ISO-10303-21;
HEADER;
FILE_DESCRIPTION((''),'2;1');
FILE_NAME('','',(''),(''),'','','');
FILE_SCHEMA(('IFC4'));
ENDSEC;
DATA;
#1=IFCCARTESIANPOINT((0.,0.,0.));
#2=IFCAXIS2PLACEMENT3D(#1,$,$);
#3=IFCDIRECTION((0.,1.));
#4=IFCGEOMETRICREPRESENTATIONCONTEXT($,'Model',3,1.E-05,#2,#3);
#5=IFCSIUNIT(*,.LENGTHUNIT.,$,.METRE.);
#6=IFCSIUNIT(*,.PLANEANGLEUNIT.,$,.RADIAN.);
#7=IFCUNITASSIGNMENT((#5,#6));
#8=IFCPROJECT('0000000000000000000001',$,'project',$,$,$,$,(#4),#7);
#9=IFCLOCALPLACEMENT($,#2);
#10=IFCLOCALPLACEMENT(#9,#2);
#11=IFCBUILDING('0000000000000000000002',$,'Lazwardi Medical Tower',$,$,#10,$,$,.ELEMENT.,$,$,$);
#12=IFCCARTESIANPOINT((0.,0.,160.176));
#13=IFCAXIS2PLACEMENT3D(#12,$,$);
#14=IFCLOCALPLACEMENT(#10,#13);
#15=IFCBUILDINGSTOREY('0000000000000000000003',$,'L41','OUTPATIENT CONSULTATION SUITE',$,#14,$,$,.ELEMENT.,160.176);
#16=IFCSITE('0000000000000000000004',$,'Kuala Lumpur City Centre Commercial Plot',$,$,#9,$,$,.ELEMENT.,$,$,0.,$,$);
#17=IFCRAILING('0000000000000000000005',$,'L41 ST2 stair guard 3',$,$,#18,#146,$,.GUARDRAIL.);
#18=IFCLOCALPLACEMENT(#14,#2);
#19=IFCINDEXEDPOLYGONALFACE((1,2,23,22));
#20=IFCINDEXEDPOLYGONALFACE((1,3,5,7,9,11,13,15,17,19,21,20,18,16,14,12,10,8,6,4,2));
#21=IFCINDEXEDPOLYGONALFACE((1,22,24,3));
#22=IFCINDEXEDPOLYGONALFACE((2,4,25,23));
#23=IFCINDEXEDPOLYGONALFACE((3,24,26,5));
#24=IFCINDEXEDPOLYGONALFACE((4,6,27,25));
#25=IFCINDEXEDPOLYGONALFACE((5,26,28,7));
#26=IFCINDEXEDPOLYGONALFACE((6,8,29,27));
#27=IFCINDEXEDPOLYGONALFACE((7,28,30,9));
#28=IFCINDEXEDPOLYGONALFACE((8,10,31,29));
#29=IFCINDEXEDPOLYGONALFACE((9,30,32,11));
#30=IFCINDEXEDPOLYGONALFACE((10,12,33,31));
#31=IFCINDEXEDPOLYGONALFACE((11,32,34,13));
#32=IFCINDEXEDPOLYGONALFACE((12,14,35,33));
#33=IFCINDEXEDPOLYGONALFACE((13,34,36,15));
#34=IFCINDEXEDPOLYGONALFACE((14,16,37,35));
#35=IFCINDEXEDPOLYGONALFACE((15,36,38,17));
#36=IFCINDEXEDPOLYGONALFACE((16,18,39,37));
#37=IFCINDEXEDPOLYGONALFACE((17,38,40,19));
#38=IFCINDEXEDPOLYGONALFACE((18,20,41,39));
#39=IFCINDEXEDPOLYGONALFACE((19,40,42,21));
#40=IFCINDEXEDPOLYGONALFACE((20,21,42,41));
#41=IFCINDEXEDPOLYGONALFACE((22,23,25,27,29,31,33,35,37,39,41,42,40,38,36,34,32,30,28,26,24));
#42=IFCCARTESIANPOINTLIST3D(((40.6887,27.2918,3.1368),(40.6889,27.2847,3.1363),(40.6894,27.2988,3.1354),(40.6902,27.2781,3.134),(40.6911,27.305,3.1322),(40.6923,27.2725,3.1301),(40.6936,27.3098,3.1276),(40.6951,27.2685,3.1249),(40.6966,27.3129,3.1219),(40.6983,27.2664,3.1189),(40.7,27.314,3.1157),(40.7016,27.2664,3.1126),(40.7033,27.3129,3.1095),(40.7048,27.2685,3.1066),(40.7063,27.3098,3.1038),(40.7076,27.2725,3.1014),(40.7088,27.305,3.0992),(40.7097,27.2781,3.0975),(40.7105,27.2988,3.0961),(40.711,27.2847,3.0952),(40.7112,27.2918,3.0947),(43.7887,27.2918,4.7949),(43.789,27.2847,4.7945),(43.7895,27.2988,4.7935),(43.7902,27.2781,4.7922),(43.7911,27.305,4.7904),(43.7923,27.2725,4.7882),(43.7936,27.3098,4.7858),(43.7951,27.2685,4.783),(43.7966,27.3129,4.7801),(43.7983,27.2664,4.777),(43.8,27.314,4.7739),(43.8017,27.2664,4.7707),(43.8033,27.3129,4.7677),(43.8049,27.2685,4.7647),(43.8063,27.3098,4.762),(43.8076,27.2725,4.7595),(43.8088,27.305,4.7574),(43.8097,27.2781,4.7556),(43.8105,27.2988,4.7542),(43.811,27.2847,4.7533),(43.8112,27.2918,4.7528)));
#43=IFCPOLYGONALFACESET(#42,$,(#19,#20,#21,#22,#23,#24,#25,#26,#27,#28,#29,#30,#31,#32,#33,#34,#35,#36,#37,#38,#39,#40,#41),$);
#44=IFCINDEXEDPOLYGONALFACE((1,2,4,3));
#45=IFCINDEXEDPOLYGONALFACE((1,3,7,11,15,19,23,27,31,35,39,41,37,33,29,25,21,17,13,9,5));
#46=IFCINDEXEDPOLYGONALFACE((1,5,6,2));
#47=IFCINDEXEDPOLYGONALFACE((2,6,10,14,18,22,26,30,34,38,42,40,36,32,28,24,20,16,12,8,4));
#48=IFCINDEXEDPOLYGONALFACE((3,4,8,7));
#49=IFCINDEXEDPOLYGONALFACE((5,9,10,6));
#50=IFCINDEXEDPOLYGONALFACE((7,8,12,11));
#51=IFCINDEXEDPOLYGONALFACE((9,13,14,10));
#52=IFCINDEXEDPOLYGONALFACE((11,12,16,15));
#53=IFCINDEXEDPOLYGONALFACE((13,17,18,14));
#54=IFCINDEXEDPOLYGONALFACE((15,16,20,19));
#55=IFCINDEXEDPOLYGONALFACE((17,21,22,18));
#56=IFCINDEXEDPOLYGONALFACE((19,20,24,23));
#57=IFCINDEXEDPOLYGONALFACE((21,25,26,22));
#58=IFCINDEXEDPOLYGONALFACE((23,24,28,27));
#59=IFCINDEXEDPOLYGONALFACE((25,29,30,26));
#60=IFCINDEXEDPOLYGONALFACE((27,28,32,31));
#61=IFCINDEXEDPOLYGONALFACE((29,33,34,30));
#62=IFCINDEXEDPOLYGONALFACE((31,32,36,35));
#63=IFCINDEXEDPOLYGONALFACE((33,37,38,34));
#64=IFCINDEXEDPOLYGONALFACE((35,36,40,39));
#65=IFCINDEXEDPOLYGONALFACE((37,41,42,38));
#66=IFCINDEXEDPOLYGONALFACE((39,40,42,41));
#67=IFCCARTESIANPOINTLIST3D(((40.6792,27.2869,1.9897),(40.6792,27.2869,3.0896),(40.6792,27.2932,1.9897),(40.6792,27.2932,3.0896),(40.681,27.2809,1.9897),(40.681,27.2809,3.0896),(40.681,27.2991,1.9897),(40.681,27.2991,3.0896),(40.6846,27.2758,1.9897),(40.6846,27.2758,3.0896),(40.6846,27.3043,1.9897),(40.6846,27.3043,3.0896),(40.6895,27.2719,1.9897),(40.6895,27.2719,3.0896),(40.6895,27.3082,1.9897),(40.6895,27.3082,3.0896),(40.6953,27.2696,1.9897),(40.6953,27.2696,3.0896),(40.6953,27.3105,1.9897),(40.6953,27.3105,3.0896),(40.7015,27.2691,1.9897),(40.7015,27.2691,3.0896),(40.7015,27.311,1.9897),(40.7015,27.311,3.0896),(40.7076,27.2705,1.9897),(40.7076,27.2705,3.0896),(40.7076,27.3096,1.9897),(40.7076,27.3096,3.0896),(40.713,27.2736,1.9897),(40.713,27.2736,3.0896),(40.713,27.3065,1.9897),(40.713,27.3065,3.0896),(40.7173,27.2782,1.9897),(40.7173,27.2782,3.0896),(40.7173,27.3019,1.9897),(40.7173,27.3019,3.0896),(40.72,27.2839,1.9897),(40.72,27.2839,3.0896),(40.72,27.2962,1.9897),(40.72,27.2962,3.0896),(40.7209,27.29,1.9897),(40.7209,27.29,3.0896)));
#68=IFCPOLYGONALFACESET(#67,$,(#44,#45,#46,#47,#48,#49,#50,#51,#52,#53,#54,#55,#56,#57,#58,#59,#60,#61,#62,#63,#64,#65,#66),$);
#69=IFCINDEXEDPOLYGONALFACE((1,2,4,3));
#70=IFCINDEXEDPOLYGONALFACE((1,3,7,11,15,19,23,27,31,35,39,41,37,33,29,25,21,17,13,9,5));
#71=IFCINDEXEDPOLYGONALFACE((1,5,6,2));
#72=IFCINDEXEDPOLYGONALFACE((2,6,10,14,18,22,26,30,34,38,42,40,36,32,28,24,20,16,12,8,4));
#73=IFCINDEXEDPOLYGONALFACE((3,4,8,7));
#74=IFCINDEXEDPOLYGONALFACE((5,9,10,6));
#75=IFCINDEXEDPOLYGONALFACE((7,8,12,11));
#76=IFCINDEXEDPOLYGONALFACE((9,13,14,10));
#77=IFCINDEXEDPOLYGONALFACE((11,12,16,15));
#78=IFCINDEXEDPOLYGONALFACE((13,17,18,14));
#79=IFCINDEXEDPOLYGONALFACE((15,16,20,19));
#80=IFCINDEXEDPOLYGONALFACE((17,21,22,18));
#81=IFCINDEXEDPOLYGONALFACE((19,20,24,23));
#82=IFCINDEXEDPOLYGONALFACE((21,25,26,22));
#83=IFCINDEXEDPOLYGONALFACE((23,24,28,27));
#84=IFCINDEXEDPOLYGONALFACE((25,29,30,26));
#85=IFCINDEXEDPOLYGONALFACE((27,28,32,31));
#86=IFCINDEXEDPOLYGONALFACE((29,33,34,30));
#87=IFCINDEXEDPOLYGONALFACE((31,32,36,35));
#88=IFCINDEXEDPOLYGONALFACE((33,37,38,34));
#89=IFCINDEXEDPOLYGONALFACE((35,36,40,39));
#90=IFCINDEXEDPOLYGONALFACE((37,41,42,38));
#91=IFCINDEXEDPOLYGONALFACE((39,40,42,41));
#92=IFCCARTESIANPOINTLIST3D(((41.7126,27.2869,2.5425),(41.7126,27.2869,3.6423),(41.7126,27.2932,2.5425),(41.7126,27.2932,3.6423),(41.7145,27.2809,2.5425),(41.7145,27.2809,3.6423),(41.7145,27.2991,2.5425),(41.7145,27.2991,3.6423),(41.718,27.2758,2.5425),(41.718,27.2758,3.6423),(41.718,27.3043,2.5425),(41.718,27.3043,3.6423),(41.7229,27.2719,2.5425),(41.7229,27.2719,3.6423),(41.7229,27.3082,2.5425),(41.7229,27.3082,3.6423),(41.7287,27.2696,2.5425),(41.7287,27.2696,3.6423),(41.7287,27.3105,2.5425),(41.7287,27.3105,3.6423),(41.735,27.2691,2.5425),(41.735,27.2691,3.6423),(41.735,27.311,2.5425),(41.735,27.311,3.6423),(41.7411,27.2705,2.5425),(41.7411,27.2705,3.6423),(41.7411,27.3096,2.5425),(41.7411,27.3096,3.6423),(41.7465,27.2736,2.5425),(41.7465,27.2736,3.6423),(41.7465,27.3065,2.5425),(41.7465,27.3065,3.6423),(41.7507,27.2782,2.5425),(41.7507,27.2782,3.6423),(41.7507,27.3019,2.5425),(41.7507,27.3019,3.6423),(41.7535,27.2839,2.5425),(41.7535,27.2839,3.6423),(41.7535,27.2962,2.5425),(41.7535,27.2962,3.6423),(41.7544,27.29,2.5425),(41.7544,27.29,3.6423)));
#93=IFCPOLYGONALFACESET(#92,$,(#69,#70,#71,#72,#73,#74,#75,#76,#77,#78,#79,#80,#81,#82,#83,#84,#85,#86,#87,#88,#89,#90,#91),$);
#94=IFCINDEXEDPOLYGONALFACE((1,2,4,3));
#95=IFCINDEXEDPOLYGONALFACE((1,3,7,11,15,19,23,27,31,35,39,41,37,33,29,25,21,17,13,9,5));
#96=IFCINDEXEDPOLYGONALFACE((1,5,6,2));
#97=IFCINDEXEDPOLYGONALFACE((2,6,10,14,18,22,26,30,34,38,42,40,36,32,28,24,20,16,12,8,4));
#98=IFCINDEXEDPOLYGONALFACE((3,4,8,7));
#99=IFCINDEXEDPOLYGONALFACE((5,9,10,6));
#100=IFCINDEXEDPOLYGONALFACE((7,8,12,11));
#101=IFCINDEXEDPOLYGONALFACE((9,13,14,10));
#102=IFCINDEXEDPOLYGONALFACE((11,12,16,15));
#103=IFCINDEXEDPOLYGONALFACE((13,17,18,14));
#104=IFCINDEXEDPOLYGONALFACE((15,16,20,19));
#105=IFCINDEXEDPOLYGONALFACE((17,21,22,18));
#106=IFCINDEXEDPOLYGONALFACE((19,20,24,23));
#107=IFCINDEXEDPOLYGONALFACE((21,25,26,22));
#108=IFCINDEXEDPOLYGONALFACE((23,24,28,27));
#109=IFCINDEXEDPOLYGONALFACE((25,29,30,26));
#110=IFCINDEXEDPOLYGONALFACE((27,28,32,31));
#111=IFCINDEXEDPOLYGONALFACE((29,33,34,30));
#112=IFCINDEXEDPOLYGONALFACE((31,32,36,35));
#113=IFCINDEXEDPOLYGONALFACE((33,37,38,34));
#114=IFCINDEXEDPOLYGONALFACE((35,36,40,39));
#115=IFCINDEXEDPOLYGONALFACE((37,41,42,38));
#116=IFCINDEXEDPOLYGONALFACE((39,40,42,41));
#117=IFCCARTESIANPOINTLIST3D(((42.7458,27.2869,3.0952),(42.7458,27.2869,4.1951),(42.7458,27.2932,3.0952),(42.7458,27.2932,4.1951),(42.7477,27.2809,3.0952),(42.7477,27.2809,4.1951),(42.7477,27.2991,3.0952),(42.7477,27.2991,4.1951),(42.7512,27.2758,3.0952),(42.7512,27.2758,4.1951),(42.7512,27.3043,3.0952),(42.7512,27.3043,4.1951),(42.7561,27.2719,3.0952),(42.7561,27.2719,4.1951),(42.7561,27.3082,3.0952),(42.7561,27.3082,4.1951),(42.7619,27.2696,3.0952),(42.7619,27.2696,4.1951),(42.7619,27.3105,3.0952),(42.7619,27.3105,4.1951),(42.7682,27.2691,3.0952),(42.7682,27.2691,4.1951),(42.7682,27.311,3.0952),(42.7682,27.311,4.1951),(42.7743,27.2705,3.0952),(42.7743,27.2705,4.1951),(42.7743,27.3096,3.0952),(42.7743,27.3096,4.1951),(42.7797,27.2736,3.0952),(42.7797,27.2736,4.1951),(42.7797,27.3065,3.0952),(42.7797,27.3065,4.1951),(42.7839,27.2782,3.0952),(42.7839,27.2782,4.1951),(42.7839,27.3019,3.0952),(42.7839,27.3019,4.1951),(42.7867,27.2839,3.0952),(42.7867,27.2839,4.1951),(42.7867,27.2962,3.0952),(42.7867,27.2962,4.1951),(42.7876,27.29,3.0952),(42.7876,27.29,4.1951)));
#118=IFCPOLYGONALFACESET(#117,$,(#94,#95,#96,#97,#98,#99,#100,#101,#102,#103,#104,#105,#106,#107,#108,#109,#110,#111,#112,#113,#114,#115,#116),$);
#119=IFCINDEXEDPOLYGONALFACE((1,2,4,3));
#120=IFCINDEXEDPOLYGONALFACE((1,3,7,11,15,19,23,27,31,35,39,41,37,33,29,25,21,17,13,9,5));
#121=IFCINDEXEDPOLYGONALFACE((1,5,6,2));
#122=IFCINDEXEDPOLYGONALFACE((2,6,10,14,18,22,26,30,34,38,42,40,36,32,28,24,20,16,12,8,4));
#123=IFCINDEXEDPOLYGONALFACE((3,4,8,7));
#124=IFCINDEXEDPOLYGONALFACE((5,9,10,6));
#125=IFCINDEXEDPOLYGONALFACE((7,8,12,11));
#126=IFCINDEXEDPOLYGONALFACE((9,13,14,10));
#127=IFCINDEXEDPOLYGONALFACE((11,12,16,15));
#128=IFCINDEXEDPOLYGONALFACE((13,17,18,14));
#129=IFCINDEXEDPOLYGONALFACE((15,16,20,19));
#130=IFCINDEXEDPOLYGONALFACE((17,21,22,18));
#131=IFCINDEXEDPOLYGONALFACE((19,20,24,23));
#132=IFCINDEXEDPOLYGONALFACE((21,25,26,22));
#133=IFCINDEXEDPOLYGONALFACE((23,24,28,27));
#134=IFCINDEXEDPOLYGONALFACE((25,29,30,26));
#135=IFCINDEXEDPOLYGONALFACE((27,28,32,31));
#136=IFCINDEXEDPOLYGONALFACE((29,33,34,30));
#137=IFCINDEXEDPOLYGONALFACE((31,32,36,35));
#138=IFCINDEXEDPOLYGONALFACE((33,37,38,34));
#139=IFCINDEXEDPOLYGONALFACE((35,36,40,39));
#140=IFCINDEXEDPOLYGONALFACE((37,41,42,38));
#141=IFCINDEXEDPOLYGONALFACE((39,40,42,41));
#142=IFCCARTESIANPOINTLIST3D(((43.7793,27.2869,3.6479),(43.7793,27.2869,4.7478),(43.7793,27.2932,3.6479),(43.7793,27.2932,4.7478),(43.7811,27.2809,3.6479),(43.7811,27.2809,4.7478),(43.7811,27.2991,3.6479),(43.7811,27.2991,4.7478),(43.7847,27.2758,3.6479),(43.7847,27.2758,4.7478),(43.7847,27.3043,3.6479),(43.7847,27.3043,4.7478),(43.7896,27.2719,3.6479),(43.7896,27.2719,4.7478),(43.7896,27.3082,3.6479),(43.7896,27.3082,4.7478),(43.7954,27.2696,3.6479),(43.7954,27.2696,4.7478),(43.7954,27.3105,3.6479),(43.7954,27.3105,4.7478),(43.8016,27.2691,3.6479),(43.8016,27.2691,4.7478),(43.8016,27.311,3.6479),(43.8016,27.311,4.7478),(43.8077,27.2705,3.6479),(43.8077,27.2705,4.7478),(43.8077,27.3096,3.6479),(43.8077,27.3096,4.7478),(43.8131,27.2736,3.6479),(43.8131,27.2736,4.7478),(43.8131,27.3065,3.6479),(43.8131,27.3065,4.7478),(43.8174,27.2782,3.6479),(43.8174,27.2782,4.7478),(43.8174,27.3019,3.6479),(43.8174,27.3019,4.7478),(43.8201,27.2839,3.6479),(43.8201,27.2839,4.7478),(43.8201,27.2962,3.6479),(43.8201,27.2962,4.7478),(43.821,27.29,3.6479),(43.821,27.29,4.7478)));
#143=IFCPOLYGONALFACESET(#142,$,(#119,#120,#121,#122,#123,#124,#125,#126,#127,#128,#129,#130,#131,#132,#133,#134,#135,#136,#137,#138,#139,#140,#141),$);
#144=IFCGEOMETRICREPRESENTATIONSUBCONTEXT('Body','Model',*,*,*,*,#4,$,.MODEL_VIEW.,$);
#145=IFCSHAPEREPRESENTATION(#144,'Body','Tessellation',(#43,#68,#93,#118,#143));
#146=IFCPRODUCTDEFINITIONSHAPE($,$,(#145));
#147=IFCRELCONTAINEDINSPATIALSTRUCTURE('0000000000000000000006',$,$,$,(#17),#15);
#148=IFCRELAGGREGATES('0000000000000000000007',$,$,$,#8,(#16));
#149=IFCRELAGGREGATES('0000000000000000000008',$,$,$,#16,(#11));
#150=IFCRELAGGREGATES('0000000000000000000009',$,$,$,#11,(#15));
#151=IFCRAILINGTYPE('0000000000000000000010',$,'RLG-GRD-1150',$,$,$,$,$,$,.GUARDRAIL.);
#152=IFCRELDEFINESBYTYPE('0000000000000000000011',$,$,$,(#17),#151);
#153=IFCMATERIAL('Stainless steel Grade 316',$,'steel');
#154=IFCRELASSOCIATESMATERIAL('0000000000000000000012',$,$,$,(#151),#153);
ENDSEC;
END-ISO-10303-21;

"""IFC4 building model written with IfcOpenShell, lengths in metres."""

from ifc_helpers import new_model, si_unit, direction, frame, origin, origin_2d, place, context, subcontext, project, spatial, circle, extrude, material, type_object, element, save


model = new_model("IFC4")

# Units and contexts
model_context = context("Model", 3, precision=1e-05, world=origin(), true_north=direction((0.0, 1.0)))
body_context = subcontext(model_context, "Body", "Model", "MODEL_VIEW")
ifc_project = project(units=[si_unit("LENGTHUNIT", "METRE"), si_unit("PLANEANGLEUNIT", "RADIAN")], contexts=[model_context])

# Site, building, storey
site_placement = place(None, origin())
site = spatial("IfcSite", under=ifc_project, at=site_placement, Name="Kuala Lumpur City Centre Commercial Plot", CompositionType="ELEMENT", RefElevation=0.0)
building_placement = place(site_placement, origin())
building = spatial("IfcBuilding", under=site, at=building_placement, Name="Lazwardi Medical Tower", CompositionType="ELEMENT")
storey_placement = place(building_placement, frame((0.0, 0.0, 160.176)))
storey = spatial("IfcBuildingStorey", under=building, at=storey_placement, Name="L41", Description="OUTPATIENT CONSULTATION SUITE", CompositionType="ELEMENT", Elevation=160.176)

# Railing
ifc_material_1 = material(Name="Stainless steel Grade 316", Category="steel")
railing_type_1 = type_object("IfcRailingType", Name="RLG-GRD-1150", PredefinedType="GUARDRAIL", material=ifc_material_1)
railing_1_placement = place(storey_placement, frame((40.7, 27.29, 1.9897)))
element("IfcRailing", 1, at=railing_1_placement, inside=storey, type_object=railing_type_1, Name="L41 ST2 stair guard 3", PredefinedType="GUARDRAIL", context=body_context, shape_type="SweptSolid", body=[
    extrude(circle(Radius=0.0239, at=origin_2d()), frame((0.0, 0.0, 1.126), z_axis=(0.881783, 0.0, 0.471655), x_axis=(0.0, 1.0, 0.0)), (0.0, 0.0, 1.0), 3.5156),
    extrude(circle(Radius=0.021, at=origin_2d()), origin(), (0.0, 0.0, 1.0), 1.0999),
    extrude(circle(Radius=0.021, at=origin_2d()), frame((1.0334, 0.0, 0.5527)), (0.0, 0.0, 1.0), 1.0999),
    extrude(circle(Radius=0.021, at=origin_2d()), frame((2.0667, 0.0, 1.1055)), (0.0, 0.0, 1.0), 1.0999),
    extrude(circle(Radius=0.021, at=origin_2d()), frame((3.1001, 0.0, 1.6582)), (0.0, 0.0, 1.0), 1.0999),
])

save(model, "model.ifc")
